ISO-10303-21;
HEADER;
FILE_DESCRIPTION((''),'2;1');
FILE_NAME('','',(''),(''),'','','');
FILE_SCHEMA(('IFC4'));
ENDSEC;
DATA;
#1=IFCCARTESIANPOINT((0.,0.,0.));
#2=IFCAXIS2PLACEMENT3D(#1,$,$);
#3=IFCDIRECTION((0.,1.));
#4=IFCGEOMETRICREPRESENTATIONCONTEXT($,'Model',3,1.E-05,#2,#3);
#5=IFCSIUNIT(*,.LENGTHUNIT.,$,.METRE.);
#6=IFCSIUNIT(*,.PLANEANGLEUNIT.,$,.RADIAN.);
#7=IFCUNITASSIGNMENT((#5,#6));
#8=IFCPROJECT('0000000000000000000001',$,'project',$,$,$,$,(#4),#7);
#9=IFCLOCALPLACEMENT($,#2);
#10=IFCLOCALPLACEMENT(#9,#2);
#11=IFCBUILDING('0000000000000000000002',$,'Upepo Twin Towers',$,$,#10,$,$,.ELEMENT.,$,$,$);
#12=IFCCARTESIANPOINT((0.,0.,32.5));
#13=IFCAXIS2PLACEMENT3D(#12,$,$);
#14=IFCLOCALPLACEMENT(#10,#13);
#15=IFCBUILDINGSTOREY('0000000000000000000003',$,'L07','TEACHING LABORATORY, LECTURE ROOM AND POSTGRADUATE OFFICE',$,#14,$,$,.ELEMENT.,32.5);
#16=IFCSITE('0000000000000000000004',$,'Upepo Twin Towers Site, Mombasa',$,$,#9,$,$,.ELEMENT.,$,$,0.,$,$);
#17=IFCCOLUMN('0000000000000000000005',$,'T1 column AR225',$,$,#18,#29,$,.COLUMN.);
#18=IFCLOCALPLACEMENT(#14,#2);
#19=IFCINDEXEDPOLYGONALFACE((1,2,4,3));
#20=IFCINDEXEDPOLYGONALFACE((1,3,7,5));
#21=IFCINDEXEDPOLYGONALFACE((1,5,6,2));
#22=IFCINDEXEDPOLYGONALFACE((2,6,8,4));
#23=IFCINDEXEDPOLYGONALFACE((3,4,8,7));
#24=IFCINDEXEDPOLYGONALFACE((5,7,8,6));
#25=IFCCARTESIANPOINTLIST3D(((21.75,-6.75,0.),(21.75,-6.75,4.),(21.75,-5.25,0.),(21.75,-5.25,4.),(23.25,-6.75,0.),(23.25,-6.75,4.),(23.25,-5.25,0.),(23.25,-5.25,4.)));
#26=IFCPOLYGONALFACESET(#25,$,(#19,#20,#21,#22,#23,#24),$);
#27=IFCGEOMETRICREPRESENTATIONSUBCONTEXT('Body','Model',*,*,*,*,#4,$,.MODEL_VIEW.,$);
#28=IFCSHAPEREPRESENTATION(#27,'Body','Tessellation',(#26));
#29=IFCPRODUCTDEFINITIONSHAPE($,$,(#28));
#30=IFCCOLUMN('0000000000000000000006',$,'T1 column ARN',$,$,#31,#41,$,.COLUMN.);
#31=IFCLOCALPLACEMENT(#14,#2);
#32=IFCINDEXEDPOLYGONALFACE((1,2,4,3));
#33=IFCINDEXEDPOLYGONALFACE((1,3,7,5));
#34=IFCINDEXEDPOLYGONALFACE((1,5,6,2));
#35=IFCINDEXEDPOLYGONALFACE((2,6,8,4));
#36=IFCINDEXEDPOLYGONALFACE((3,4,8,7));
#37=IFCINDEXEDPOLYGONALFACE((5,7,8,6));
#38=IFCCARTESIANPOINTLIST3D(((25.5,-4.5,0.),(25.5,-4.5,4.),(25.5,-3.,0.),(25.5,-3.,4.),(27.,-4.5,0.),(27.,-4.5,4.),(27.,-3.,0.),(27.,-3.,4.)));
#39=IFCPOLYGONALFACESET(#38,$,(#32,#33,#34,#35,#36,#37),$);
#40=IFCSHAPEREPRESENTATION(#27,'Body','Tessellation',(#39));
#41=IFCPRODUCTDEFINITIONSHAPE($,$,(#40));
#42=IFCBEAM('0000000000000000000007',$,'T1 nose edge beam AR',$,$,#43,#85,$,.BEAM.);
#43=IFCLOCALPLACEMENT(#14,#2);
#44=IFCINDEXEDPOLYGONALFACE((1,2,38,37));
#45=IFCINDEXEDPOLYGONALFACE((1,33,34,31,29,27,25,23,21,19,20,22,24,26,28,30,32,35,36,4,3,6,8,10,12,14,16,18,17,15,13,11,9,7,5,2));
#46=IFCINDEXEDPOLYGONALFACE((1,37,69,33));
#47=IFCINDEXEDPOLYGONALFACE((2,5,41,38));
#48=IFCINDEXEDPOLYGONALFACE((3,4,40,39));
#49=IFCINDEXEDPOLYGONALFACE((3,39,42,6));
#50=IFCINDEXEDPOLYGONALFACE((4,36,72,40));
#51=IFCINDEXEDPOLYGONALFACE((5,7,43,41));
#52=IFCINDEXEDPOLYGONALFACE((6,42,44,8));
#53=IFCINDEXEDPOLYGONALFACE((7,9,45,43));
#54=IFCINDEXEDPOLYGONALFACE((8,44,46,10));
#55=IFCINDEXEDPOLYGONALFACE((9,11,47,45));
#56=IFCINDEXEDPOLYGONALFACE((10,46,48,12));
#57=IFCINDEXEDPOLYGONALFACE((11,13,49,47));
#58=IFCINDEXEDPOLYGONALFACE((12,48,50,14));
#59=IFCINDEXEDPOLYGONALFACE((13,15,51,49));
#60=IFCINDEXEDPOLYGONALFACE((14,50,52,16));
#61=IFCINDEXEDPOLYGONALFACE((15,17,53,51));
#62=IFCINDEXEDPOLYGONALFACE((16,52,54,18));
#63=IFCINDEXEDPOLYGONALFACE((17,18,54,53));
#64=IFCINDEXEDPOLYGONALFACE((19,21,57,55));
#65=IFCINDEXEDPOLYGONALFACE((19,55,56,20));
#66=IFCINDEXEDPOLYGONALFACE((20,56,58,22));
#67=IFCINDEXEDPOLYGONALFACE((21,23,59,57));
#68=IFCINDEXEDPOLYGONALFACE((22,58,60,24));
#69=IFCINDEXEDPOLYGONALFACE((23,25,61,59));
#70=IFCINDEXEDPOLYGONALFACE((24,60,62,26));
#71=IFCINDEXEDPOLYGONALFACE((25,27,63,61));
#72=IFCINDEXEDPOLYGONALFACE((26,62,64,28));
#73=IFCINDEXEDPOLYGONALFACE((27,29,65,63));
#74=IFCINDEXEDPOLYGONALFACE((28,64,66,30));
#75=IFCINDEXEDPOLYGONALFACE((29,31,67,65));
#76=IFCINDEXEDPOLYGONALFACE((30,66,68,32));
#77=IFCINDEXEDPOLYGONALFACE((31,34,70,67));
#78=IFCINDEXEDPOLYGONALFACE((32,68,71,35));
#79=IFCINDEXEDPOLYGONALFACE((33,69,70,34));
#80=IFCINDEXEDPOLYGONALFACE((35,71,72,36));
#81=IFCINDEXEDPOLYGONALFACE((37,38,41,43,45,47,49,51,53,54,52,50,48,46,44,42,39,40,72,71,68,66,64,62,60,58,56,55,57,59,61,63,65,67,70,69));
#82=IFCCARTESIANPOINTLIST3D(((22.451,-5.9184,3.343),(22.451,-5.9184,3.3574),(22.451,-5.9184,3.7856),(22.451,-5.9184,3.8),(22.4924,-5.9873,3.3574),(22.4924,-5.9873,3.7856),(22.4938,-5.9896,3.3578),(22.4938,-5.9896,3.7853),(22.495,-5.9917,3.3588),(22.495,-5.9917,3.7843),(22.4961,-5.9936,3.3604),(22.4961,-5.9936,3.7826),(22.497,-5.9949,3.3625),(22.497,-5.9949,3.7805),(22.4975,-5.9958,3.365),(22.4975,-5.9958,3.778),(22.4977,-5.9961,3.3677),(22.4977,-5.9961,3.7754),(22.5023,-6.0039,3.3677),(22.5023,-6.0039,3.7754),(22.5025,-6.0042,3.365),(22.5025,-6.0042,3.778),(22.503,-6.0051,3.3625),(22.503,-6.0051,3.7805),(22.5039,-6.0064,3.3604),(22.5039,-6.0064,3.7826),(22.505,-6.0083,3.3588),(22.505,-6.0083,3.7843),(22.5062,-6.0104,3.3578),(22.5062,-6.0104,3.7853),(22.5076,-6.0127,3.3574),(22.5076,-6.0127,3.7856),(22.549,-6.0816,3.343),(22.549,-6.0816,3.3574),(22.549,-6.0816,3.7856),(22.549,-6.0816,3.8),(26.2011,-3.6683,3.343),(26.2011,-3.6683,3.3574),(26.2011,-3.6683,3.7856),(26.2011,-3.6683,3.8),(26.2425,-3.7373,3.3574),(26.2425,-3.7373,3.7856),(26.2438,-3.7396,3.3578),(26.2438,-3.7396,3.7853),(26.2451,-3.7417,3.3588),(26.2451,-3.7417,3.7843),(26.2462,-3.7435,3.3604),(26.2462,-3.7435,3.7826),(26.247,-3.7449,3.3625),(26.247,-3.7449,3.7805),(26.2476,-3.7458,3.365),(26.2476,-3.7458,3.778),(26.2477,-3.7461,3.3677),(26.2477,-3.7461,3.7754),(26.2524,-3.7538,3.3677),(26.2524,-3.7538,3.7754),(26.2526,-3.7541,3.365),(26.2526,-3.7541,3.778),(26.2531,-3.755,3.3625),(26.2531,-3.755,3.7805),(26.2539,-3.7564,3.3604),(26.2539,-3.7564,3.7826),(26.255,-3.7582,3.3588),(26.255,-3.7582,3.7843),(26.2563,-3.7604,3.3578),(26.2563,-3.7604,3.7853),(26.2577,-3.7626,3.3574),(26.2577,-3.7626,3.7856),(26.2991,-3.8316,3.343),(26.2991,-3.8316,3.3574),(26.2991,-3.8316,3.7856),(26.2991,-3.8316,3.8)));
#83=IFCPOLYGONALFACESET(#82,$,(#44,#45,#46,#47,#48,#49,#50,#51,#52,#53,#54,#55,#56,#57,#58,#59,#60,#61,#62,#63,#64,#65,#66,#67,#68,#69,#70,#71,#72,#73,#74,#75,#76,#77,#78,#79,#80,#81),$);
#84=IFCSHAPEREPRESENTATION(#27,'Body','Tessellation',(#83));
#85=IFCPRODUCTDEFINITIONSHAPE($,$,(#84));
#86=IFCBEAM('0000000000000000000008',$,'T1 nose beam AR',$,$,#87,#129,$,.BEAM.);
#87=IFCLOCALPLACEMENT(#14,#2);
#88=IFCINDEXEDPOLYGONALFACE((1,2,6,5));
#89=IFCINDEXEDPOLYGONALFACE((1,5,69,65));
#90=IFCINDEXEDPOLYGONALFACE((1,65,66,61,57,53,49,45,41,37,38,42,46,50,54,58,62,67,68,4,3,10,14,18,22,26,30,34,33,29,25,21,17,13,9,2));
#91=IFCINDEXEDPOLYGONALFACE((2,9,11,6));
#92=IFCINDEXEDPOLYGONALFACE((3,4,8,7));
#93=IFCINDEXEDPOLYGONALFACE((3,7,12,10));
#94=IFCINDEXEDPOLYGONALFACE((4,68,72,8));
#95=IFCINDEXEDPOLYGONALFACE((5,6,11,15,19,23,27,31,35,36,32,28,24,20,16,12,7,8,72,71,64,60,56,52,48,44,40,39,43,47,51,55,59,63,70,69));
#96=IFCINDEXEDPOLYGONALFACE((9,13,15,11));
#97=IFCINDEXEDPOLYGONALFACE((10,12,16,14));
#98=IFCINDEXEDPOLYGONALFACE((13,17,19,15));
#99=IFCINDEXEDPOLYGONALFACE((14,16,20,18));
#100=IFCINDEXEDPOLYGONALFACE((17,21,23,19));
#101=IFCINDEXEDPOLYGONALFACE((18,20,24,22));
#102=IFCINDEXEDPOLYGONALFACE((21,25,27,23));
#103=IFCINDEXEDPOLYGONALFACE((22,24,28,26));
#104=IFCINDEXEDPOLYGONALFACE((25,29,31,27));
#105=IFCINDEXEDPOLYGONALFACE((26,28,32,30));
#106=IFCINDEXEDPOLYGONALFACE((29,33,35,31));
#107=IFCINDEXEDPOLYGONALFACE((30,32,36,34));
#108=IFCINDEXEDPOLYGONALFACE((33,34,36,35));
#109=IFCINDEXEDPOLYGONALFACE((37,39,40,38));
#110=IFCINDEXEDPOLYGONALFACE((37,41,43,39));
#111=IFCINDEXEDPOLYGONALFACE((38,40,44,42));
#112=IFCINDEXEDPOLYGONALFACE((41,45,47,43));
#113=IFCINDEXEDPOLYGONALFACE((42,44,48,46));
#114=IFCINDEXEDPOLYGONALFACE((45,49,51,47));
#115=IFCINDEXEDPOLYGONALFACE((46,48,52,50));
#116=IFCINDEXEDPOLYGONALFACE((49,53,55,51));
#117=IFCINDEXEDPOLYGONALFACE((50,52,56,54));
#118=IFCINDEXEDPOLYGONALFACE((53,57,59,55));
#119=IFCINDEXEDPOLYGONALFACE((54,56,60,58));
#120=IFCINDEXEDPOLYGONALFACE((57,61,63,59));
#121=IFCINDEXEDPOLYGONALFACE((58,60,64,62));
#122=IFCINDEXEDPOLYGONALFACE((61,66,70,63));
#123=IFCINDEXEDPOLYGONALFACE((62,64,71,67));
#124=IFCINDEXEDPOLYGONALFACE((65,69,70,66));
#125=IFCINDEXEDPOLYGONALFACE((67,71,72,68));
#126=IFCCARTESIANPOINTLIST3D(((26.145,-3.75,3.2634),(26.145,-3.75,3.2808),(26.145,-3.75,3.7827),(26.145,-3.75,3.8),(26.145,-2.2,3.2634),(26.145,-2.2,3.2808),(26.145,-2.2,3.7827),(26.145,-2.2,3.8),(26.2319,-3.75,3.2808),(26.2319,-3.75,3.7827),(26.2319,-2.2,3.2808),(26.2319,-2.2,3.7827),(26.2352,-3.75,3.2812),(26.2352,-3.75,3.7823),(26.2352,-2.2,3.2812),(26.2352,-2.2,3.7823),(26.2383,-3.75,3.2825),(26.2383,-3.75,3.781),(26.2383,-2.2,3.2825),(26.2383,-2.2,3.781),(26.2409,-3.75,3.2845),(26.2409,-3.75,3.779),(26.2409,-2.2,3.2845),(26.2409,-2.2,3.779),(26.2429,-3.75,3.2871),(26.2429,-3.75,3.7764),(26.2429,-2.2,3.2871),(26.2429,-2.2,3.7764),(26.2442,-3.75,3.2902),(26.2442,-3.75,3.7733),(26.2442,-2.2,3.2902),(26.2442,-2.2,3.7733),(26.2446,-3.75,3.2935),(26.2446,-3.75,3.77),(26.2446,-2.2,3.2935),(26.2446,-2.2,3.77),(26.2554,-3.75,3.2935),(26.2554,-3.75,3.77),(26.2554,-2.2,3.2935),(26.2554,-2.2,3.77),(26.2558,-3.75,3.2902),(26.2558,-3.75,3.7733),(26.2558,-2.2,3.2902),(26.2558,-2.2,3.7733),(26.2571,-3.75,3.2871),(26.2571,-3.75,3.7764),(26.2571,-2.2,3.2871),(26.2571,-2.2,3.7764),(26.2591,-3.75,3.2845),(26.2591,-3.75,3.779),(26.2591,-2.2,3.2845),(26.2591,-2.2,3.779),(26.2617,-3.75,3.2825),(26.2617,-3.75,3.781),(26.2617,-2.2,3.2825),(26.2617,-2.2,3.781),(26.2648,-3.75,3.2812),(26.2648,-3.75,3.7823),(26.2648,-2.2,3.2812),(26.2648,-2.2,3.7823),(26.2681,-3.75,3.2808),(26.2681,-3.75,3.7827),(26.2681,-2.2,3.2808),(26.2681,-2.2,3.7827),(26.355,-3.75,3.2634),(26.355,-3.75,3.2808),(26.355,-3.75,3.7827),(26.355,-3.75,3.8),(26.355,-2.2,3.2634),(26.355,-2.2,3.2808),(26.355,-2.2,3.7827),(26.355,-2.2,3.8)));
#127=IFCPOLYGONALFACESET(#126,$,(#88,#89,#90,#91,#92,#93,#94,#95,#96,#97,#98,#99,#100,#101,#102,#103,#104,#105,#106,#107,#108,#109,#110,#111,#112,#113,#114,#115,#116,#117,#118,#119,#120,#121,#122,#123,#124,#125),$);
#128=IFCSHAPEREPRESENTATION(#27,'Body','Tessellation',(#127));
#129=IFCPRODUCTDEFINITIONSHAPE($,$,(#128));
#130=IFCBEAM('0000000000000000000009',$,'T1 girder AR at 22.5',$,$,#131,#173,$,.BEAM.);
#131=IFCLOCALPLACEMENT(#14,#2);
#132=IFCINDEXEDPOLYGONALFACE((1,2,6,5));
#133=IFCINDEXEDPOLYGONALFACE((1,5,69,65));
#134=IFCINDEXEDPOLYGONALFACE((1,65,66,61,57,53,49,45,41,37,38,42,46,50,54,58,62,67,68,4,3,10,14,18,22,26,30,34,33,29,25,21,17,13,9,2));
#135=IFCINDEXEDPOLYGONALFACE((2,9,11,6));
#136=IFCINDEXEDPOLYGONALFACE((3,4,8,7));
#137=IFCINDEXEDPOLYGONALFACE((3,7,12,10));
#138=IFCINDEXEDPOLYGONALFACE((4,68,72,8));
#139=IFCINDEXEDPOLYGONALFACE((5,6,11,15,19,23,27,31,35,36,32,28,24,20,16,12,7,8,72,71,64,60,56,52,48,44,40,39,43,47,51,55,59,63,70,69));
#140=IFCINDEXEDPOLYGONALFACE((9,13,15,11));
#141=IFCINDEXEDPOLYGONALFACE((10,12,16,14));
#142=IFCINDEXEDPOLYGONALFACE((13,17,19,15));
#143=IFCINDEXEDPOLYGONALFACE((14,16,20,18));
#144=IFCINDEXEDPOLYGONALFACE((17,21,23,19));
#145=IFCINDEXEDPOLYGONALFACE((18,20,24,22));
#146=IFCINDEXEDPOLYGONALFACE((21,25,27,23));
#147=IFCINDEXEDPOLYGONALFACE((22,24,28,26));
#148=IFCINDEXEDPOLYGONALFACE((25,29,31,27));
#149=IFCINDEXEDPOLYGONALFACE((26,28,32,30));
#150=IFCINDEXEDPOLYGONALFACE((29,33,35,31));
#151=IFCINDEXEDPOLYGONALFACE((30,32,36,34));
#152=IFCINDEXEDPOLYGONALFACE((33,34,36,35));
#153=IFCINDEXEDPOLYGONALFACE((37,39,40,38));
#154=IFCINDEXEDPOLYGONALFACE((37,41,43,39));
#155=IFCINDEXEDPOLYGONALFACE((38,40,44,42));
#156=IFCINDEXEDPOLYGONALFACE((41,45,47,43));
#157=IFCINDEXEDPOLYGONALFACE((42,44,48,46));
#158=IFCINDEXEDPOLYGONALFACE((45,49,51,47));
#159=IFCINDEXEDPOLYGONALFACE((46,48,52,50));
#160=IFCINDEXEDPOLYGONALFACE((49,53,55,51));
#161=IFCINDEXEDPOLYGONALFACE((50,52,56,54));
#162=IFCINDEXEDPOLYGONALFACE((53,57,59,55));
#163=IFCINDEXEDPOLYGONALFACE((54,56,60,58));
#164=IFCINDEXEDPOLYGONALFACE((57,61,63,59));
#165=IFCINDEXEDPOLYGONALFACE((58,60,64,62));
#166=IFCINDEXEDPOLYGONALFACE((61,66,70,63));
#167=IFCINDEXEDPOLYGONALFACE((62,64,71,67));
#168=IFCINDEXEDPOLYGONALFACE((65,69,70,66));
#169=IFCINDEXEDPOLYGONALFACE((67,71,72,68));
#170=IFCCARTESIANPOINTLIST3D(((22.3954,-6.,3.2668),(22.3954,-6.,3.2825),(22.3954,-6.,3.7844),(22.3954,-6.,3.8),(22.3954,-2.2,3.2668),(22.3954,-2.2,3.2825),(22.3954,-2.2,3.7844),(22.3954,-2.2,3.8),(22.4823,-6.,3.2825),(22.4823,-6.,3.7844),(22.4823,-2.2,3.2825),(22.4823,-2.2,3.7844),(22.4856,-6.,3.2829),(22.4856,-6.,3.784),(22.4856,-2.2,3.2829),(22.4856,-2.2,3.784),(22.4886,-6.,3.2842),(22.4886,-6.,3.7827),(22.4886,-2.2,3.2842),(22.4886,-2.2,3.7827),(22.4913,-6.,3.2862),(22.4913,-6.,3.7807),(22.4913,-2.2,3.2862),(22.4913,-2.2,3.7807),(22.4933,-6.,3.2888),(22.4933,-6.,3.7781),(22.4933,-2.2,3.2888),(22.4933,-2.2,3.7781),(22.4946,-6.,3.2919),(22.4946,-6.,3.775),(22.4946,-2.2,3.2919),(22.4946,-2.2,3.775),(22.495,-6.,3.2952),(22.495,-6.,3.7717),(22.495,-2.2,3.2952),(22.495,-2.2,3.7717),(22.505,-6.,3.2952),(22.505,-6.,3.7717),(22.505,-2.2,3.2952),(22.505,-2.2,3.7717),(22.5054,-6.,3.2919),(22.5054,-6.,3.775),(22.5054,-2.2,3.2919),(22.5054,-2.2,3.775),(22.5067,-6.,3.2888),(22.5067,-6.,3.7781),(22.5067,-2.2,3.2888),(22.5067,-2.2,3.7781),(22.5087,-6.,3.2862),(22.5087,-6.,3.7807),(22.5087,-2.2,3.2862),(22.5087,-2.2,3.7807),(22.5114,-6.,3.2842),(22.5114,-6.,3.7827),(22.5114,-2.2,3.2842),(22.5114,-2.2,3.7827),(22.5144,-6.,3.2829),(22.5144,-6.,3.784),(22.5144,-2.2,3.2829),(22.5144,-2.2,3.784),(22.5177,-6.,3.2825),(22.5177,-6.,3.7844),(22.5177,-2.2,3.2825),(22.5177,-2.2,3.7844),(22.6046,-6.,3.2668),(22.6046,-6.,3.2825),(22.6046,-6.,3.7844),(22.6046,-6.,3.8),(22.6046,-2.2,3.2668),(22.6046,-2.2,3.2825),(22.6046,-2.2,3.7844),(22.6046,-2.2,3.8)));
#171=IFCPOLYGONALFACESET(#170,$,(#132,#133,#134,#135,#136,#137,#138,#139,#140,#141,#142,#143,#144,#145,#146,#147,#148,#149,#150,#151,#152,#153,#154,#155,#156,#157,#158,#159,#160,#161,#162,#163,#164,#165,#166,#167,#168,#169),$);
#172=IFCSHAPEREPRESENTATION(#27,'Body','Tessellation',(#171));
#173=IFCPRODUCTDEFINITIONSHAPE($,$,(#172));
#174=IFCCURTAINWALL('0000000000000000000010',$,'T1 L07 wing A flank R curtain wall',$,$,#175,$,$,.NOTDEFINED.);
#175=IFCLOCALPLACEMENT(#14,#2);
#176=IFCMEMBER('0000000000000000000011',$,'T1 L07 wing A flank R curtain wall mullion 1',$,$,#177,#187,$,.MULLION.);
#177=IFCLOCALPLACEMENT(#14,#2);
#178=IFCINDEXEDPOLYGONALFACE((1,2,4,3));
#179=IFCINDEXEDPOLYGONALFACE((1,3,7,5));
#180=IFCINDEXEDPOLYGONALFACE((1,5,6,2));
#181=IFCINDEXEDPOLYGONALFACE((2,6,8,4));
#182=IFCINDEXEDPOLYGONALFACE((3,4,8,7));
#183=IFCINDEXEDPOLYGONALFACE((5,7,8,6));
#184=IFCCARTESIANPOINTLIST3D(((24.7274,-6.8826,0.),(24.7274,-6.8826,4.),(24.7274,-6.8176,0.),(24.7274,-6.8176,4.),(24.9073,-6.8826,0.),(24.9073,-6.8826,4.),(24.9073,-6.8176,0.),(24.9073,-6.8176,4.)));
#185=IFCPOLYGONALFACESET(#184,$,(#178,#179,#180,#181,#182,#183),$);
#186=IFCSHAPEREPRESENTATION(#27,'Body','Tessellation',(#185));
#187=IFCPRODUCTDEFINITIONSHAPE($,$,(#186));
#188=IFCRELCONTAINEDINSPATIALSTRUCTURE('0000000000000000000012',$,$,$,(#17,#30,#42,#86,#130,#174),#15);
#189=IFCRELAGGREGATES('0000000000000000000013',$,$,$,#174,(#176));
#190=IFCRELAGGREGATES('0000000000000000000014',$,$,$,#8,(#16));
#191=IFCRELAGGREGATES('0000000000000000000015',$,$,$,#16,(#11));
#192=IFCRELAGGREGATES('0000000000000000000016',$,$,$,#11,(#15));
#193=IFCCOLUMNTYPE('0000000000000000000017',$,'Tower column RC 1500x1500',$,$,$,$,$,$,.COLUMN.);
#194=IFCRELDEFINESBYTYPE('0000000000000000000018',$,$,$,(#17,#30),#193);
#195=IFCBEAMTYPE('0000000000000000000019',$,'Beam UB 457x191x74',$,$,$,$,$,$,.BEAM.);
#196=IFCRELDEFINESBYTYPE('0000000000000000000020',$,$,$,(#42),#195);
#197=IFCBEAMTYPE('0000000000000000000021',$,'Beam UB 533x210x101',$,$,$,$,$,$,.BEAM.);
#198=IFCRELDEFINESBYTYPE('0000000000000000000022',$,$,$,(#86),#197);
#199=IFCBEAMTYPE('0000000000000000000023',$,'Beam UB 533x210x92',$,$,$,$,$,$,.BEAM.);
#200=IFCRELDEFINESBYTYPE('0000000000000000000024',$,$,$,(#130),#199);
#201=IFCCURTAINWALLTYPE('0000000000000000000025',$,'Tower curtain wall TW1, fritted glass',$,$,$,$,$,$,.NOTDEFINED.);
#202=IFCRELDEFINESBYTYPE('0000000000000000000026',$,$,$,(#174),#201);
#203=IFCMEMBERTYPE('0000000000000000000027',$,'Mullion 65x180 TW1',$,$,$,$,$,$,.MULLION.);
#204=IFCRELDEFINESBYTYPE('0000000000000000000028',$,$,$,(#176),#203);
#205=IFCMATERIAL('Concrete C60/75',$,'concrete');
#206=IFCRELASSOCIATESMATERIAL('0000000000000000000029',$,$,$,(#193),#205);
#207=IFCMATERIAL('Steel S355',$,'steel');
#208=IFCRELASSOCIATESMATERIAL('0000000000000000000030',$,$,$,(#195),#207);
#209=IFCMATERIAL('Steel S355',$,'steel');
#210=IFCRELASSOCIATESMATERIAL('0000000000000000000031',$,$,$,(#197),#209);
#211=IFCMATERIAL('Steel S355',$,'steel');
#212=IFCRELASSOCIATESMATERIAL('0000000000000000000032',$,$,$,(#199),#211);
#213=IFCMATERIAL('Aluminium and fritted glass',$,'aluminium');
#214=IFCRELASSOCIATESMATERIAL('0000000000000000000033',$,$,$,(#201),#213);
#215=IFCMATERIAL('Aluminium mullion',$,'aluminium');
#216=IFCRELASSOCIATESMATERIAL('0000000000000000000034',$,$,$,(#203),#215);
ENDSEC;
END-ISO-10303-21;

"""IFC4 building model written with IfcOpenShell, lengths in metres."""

from ifc_helpers import new_model, si_unit, direction, frame, origin, origin_2d, place, context, subcontext, project, spatial, rectangle, i_section, extrude, material, material_profile, profile_set, type_object, element, aggregate, save


model = new_model("IFC4")

# Units and contexts
model_context = context("Model", 3, precision=1e-05, world=origin(), true_north=direction((0.0, 1.0)))
body_context = subcontext(model_context, "Body", "Model", "MODEL_VIEW")
ifc_project = project(units=[si_unit("LENGTHUNIT", "METRE"), si_unit("PLANEANGLEUNIT", "RADIAN")], contexts=[model_context])

# Site, building, storey
site_placement = place(None, origin())
site = spatial("IfcSite", under=ifc_project, at=site_placement, Name="Upepo Twin Towers Site, Mombasa", CompositionType="ELEMENT", RefElevation=0.0)
building_placement = place(site_placement, origin())
building = spatial("IfcBuilding", under=site, at=building_placement, Name="Upepo Twin Towers", CompositionType="ELEMENT")
storey_placement = place(building_placement, frame((0.0, 0.0, 32.5)))
storey = spatial("IfcBuildingStorey", under=building, at=storey_placement, Name="L07", Description="TEACHING LABORATORY, LECTURE ROOM AND POSTGRADUATE OFFICE", CompositionType="ELEMENT", Elevation=32.5)

# Columns
ifc_material_1 = material(Name="Concrete C60/75", Category="concrete")
ifc_material_profile_1 = material_profile(ifc_material_1, rectangle(XDim=1.5, YDim=1.5, at=origin_2d()), Name="RC 1500x1500")
ifc_profile_set_1 = profile_set([ifc_material_profile_1], Name="Concrete C60/75")
column_type = type_object("IfcColumnType", Name="Tower column RC 1500x1500", PredefinedType="COLUMN", material=ifc_profile_set_1)
for number, where, z_axis, x_axis, name in (
    (1, (22.5, -6.0, 0.0), (0.0, 0.0, 1.0), (1.0, 0.0, 0.0), "T1 column AR225"),
    (2, (26.25, -3.75, 0.0), (0.0, 0.0, 1.0), (1.0, 0.0, 0.0), "T1 column ARN"),
):
    element("IfcColumn", number, at=place(storey_placement, frame(where, z_axis=z_axis, x_axis=x_axis)), inside=storey, type_object=column_type, Name=name, PredefinedType="COLUMN", context=body_context, shape_type="SweptSolid", body=[
        extrude(rectangle(XDim=1.5, YDim=1.5, at=origin_2d()), origin(), (0.0, 0.0, 1.0), 4.0),
    ])

# Beams
ifc_material_2 = material(Name="Steel S355", Category="steel")
ifc_material_profile_2 = material_profile(ifc_material_2, i_section(OverallWidth=0.1904, OverallDepth=0.457, WebThickness=0.009, FlangeThickness=0.0144, FilletRadius=0.0103, at=origin_2d()), Name="UB 457x191x74")
ifc_profile_set_2 = profile_set([ifc_material_profile_2], Name="Steel S355")
beam_type_1 = type_object("IfcBeamType", Name="Beam UB 457x191x74", PredefinedType="BEAM", material=ifc_profile_set_2)
beam_1_placement = place(storey_placement, frame((22.5, -6.0, 3.5715), z_axis=(0.857493, 0.514496, 0.0), x_axis=(-0.514496, 0.857493, 0.0)))
element("IfcBeam", 3, at=beam_1_placement, inside=storey, type_object=beam_type_1, Name="T1 nose edge beam AR", PredefinedType="BEAM", context=body_context, shape_type="SweptSolid", body=[
    extrude(i_section(OverallWidth=0.1904, OverallDepth=0.457, WebThickness=0.009, FlangeThickness=0.0144, FilletRadius=0.0103, at=origin_2d()), origin(), (0.0, 0.0, 1.0), 4.3733),
])
ifc_material_3 = material(Name="Steel S355", Category="steel")
ifc_material_profile_3 = material_profile(ifc_material_3, i_section(OverallWidth=0.21, OverallDepth=0.5366, WebThickness=0.0107, FlangeThickness=0.0173, FilletRadius=0.0127, at=origin_2d()), Name="UB 533x210x101")
ifc_profile_set_3 = profile_set([ifc_material_profile_3], Name="Steel S355")
beam_type_2 = type_object("IfcBeamType", Name="Beam UB 533x210x101", PredefinedType="BEAM", material=ifc_profile_set_3)
beam_2_placement = place(storey_placement, frame((26.25, -3.75, 3.5317), z_axis=(0.0, 1.0, 0.0), x_axis=(-1.0, 0.0, 0.0)))
element("IfcBeam", 4, at=beam_2_placement, inside=storey, type_object=beam_type_2, Name="T1 nose beam AR", PredefinedType="BEAM", context=body_context, shape_type="SweptSolid", body=[
    extrude(i_section(OverallWidth=0.21, OverallDepth=0.5366, WebThickness=0.0107, FlangeThickness=0.0173, FilletRadius=0.0127, at=origin_2d()), origin(), (0.0, 0.0, 1.0), 1.55),
])
ifc_material_4 = material(Name="Steel S355", Category="steel")
ifc_material_profile_4 = material_profile(ifc_material_4, i_section(OverallWidth=0.2092, OverallDepth=0.5332, WebThickness=0.01, FlangeThickness=0.0156, FilletRadius=0.0127, at=origin_2d()), Name="UB 533x210x92")
ifc_profile_set_4 = profile_set([ifc_material_profile_4], Name="Steel S355")
beam_type_3 = type_object("IfcBeamType", Name="Beam UB 533x210x92", PredefinedType="BEAM", material=ifc_profile_set_4)
beam_3_placement = place(storey_placement, frame((22.5, -6.0, 3.5334), z_axis=(0.0, 1.0, 0.0), x_axis=(-1.0, 0.0, 0.0)))
element("IfcBeam", 5, at=beam_3_placement, inside=storey, type_object=beam_type_3, Name="T1 girder AR at 22.5", PredefinedType="BEAM", context=body_context, shape_type="SweptSolid", body=[
    extrude(i_section(OverallWidth=0.2092, OverallDepth=0.5332, WebThickness=0.01, FlangeThickness=0.0156, FilletRadius=0.0127, at=origin_2d()), origin(), (0.0, 0.0, 1.0), 3.8),
])

# Curtain wall, member
ifc_material_5 = material(Name="Aluminium and fritted glass", Category="aluminium")
curtain_wall_type = type_object("IfcCurtainWallType", Name="Tower curtain wall TW1, fritted glass", PredefinedType="NOTDEFINED", material=ifc_material_5)
curtain_wall_1_placement = place(storey_placement, origin())
curtain_wall_1 = element("IfcCurtainWall", 6, at=curtain_wall_1_placement, inside=storey, type_object=curtain_wall_type, Name="T1 L07 wing A flank R curtain wall", PredefinedType="NOTDEFINED")
ifc_material_6 = material(Name="Aluminium mullion", Category="aluminium")
ifc_material_profile_5 = material_profile(ifc_material_6, rectangle(XDim=0.0649, YDim=0.1799, at=origin_2d()), Name="MULLION 65x180")
ifc_profile_set_5 = profile_set([ifc_material_profile_5], Name="Aluminium mullion")
member_type_1 = type_object("IfcMemberType", Name="Mullion 65x180 TW1", PredefinedType="MULLION", material=ifc_profile_set_5)
member_1_placement = place(storey_placement, frame((24.8174, -6.8501, 0.0), z_axis=(0.0, 0.0, 1.0), x_axis=(0.0, -1.0, 0.0)))
member_1 = element("IfcMember", 7, at=member_1_placement, type_object=member_type_1, Name="T1 L07 wing A flank R curtain wall mullion 1", PredefinedType="MULLION", context=body_context, shape_type="SweptSolid", body=[
    extrude(rectangle(XDim=0.0649, YDim=0.1799, at=origin_2d()), origin(), (0.0, 0.0, 1.0), 4.0),
])

aggregate(curtain_wall_1, [member_1])

save(model, "model.ifc")
